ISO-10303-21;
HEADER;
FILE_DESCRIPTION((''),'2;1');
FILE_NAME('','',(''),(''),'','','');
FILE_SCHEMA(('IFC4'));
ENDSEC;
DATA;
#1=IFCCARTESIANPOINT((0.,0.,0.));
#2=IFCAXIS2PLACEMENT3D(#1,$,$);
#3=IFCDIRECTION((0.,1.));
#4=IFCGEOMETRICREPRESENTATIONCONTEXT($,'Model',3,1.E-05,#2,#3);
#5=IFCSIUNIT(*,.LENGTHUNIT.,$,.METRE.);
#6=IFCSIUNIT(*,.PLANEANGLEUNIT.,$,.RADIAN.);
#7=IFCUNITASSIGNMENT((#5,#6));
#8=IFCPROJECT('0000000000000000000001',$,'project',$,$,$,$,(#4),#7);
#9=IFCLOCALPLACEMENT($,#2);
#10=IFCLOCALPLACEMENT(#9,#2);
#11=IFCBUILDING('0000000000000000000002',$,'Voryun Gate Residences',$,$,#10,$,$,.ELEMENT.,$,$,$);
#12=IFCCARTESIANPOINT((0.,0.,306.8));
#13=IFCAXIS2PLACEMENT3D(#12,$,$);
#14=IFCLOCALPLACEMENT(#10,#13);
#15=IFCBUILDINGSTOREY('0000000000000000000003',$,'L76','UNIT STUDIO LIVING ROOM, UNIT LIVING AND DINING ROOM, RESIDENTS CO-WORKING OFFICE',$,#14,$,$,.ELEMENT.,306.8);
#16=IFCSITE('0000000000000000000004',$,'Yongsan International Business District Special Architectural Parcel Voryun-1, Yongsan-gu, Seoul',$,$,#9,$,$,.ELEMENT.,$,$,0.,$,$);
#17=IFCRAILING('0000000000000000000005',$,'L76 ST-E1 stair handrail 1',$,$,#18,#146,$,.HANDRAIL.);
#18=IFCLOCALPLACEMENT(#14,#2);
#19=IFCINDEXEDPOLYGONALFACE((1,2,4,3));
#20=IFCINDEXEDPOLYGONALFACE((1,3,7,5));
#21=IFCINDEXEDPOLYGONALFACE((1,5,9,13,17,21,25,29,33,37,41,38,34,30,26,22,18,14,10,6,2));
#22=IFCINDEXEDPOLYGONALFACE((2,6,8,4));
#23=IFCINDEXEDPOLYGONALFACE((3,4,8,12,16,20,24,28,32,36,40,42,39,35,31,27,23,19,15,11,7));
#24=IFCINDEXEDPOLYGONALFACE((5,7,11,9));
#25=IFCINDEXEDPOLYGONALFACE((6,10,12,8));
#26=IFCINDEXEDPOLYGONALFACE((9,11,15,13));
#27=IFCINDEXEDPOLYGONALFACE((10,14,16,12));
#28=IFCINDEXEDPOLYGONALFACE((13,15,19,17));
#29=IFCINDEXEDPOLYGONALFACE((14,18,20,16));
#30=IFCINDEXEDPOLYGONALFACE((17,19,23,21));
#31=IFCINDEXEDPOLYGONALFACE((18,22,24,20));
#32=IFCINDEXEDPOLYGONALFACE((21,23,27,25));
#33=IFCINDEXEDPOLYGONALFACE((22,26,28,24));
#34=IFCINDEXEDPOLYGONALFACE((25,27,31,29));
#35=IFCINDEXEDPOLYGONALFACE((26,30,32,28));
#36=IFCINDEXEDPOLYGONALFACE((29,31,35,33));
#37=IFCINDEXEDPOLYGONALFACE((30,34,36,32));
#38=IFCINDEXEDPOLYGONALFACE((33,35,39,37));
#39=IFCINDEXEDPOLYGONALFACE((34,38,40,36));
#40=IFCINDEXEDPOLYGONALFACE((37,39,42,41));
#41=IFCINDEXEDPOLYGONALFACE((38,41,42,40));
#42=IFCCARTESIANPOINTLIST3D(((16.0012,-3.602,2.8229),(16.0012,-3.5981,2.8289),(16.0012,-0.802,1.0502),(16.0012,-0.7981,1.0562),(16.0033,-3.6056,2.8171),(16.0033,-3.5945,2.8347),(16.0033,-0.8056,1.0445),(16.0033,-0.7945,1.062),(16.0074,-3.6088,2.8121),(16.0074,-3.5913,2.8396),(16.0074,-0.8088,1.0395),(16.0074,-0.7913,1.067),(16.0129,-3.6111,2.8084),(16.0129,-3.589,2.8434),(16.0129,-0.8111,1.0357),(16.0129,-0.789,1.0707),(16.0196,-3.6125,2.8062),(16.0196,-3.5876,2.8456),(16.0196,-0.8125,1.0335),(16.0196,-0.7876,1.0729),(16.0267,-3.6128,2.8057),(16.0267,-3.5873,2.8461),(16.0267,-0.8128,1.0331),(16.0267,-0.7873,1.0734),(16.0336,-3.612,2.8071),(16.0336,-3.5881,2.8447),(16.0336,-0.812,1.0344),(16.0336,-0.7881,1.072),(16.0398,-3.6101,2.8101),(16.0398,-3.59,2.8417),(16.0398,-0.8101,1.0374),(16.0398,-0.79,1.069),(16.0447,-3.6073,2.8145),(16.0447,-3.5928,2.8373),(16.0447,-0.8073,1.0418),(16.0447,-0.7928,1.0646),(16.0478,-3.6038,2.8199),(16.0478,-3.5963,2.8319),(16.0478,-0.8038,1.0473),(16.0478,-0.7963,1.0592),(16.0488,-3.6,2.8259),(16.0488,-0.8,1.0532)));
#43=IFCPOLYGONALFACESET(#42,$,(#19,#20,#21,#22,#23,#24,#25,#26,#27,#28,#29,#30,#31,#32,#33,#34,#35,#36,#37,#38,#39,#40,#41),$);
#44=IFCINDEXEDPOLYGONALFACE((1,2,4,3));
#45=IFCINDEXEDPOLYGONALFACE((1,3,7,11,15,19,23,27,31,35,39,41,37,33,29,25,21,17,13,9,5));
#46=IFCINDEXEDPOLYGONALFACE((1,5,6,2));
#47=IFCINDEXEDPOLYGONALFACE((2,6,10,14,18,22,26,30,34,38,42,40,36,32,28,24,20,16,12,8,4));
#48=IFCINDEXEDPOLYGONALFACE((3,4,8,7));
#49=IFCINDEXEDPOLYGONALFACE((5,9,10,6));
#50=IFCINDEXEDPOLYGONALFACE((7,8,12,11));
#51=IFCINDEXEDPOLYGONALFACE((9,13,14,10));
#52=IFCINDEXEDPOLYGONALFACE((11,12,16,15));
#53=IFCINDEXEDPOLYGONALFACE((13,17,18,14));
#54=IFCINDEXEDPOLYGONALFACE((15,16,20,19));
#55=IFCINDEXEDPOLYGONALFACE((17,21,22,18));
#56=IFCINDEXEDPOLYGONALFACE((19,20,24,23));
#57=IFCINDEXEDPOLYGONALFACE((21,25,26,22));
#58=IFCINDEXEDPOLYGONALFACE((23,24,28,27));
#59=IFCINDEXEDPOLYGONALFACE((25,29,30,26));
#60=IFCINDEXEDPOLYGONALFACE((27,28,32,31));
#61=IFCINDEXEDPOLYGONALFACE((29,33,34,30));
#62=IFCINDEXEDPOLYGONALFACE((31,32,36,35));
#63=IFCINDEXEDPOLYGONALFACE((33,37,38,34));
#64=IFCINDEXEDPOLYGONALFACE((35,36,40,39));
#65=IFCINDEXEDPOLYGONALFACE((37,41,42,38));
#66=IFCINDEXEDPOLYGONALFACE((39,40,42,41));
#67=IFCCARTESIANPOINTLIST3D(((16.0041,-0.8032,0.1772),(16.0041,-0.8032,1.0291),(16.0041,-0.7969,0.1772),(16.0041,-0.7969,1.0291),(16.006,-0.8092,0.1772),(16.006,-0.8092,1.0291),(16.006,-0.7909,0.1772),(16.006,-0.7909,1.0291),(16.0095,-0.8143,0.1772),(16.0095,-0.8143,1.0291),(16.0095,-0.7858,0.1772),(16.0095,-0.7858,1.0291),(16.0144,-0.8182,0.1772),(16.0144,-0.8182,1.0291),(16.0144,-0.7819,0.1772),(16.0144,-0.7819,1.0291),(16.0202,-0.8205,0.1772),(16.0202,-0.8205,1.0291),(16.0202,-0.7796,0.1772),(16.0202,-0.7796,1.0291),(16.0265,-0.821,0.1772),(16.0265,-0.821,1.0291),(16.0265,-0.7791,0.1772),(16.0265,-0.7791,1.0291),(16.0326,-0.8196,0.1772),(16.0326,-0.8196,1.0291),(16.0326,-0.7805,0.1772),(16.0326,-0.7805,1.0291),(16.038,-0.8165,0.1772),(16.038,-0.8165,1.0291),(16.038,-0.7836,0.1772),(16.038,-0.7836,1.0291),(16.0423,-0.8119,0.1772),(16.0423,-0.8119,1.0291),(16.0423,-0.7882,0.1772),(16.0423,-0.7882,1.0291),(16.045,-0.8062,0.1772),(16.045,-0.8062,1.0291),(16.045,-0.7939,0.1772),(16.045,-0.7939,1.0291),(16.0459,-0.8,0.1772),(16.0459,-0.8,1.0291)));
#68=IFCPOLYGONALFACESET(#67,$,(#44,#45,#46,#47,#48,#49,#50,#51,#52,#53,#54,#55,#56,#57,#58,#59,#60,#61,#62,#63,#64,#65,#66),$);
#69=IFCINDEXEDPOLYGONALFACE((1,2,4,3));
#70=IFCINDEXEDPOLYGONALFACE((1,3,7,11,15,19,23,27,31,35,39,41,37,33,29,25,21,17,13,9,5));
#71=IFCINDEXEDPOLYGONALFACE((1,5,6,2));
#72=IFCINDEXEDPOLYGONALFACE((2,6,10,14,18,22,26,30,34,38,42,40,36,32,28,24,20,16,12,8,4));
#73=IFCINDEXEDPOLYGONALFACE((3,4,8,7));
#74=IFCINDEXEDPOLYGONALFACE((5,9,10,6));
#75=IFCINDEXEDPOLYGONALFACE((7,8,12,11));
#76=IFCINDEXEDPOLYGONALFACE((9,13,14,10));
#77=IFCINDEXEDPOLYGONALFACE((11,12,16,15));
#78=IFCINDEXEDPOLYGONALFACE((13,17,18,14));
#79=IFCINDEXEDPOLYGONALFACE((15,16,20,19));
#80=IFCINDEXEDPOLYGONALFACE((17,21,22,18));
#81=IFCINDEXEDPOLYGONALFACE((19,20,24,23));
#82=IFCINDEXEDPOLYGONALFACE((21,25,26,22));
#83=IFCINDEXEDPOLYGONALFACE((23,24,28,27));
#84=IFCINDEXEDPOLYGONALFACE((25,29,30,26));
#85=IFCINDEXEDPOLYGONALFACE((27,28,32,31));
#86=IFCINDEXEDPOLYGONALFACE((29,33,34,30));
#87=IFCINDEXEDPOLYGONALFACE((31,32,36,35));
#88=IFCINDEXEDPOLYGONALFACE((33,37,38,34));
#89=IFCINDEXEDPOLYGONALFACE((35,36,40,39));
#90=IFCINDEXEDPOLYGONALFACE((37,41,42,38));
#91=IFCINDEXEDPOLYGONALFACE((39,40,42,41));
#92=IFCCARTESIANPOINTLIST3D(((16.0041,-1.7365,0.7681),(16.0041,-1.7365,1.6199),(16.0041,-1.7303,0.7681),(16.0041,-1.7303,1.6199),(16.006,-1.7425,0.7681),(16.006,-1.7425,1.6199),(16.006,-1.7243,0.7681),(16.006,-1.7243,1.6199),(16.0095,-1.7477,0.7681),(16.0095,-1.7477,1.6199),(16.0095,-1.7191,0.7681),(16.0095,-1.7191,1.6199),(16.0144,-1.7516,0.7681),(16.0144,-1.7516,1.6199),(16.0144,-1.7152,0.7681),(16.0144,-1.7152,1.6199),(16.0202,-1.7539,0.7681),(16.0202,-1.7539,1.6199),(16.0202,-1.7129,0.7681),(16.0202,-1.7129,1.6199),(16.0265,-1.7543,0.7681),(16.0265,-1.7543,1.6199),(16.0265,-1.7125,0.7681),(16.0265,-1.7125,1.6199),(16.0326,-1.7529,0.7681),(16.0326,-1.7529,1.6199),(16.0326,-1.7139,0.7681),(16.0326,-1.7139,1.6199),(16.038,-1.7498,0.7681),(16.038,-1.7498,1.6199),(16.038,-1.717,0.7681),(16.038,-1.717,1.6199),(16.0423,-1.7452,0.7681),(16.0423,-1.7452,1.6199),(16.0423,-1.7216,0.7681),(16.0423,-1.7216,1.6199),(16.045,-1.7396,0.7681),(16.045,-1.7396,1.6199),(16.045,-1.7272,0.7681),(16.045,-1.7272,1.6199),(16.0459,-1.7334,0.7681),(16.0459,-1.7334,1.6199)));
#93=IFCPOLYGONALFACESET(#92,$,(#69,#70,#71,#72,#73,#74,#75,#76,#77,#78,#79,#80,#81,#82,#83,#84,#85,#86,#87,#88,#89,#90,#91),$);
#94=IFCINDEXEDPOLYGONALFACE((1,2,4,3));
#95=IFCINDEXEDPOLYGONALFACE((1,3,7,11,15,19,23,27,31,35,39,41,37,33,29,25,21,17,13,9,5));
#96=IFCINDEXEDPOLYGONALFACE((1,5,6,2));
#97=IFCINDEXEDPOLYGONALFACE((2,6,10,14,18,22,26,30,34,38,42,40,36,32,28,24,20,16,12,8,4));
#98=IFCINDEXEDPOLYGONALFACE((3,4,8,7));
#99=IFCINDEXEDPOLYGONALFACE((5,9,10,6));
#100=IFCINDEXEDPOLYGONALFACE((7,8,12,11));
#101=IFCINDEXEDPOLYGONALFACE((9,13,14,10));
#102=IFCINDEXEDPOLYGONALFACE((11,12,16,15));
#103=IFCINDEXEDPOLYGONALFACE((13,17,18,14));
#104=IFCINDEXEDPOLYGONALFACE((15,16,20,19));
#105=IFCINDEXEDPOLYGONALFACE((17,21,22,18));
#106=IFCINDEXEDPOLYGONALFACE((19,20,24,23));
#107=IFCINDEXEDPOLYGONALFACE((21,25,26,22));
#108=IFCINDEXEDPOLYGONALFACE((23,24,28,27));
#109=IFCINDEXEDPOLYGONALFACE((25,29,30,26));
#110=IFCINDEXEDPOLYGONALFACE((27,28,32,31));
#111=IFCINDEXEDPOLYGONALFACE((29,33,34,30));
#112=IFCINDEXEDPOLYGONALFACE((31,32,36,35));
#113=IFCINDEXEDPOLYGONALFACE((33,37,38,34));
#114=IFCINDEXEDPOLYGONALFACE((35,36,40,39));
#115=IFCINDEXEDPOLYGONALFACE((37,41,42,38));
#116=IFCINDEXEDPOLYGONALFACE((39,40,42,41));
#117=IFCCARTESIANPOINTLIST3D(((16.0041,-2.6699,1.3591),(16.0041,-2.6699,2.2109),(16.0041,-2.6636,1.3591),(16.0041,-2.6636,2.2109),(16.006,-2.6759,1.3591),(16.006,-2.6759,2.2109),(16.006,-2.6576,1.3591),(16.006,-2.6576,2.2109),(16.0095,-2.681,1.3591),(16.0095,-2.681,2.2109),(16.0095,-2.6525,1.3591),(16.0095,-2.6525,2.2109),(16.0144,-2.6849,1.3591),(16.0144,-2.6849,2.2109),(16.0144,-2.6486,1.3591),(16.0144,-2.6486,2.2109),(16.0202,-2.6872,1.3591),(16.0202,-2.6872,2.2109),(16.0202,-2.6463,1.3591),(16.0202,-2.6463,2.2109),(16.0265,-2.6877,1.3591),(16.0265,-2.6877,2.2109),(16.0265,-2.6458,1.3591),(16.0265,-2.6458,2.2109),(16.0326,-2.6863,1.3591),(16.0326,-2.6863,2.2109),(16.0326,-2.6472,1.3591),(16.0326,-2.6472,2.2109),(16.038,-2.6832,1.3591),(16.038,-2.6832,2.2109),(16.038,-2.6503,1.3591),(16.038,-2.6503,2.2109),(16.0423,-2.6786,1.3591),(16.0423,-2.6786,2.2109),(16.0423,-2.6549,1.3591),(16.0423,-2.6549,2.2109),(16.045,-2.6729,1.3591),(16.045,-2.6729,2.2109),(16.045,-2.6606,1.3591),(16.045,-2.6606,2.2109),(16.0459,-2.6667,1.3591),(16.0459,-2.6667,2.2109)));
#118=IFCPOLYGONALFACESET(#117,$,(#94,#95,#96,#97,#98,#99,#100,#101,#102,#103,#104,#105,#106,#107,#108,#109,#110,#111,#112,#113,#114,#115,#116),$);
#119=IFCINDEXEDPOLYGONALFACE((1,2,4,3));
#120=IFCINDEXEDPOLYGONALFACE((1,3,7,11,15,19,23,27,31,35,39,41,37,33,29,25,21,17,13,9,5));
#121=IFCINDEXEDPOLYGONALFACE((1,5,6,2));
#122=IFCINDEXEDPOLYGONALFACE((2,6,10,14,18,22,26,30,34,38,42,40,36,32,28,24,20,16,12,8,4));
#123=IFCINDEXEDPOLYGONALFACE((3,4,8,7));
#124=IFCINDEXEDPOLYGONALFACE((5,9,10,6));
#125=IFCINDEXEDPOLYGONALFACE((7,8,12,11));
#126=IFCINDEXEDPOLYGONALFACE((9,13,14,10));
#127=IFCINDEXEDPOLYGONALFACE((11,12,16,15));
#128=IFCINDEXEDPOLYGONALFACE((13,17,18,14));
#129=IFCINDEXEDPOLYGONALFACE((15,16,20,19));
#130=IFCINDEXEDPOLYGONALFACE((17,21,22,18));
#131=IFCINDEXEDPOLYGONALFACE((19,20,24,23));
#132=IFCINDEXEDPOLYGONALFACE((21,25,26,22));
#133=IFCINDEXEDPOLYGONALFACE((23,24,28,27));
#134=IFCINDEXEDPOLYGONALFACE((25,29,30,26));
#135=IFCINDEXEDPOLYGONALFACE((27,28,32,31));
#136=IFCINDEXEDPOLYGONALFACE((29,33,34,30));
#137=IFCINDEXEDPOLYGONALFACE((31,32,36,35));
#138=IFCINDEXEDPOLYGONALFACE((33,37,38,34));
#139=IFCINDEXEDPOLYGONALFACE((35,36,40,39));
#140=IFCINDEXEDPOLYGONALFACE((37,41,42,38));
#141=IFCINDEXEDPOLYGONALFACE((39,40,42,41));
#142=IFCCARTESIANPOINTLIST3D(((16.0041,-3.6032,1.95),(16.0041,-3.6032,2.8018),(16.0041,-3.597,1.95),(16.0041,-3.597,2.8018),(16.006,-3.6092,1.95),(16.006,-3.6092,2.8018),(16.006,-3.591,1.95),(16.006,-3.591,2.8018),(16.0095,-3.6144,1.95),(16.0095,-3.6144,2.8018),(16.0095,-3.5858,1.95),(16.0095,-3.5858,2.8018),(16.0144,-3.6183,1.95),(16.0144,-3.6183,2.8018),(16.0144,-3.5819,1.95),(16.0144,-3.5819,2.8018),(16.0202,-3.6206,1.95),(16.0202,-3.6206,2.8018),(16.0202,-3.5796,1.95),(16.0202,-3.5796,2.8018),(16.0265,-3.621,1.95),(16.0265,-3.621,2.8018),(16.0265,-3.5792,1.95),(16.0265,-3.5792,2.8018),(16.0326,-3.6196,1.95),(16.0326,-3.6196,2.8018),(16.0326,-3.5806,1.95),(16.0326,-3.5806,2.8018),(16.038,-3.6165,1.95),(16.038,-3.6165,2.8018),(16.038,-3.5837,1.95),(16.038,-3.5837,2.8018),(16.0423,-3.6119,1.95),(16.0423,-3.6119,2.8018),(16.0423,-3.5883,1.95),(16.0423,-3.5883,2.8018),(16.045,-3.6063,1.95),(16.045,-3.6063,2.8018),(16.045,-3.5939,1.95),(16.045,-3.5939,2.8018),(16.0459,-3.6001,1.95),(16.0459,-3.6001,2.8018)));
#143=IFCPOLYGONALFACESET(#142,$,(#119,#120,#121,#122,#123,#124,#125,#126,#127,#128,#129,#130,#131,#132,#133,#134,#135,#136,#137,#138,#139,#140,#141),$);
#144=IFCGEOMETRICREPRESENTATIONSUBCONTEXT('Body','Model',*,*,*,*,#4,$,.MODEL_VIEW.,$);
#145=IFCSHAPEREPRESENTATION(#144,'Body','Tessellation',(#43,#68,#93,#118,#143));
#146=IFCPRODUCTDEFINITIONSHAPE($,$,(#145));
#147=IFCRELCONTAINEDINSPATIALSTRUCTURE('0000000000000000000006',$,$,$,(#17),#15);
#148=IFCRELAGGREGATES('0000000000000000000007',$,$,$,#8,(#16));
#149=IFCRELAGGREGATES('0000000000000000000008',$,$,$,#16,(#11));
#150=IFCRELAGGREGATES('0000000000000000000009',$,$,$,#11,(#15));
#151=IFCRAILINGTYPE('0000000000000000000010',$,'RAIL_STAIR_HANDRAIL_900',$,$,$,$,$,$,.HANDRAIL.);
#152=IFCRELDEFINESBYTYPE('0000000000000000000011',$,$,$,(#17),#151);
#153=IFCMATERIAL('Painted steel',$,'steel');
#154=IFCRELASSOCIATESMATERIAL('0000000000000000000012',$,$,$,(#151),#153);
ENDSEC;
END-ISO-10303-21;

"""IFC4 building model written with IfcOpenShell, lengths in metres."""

from ifc_helpers import new_model, si_unit, direction, frame, origin, origin_2d, place, context, subcontext, project, spatial, circle, extrude, material, type_object, element, save


model = new_model("IFC4")

# Units and contexts
model_context = context("Model", 3, precision=1e-05, world=origin(), true_north=direction((0.0, 1.0)))
body_context = subcontext(model_context, "Body", "Model", "MODEL_VIEW")
ifc_project = project(units=[si_unit("LENGTHUNIT", "METRE"), si_unit("PLANEANGLEUNIT", "RADIAN")], contexts=[model_context])

# Site, building, storey
site_placement = place(None, origin())
site = spatial("IfcSite", under=ifc_project, at=site_placement, Name="Yongsan International Business District Special Architectural Parcel Voryun-1, Yongsan-gu, Seoul", CompositionType="ELEMENT", RefElevation=0.0)
building_placement = place(site_placement, origin())
building = spatial("IfcBuilding", under=site, at=building_placement, Name="Voryun Gate Residences", CompositionType="ELEMENT")
storey_placement = place(building_placement, frame((0.0, 0.0, 306.8)))
storey = spatial("IfcBuildingStorey", under=building, at=storey_placement, Name="L76", Description="UNIT STUDIO LIVING ROOM, UNIT LIVING AND DINING ROOM, RESIDENTS CO-WORKING OFFICE", CompositionType="ELEMENT", Elevation=306.8)

# Railing
ifc_material_1 = material(Name="Painted steel", Category="steel")
railing_type_1 = type_object("IfcRailingType", Name="RAIL_STAIR_HANDRAIL_900", PredefinedType="HANDRAIL", material=ifc_material_1)
railing_1_placement = place(storey_placement, frame((16.0249, -0.8, 0.1772)))
element("IfcRailing", 1, at=railing_1_placement, inside=storey, type_object=railing_type_1, Name="L76 ST-E1 stair handrail 1", PredefinedType="HANDRAIL", context=body_context, shape_type="SweptSolid", body=[
    extrude(circle(Radius=0.0239, at=origin_2d()), frame((0.0, 0.0, 0.876), z_axis=(0.0, -0.844909, 0.53491), x_axis=(1.0, 0.0, 0.0)), (0.0, 0.0, 1.0), 3.314),
    extrude(circle(Radius=0.021, at=origin_2d()), origin(), (0.0, 0.0, 1.0), 0.8518),
    extrude(circle(Radius=0.021, at=origin_2d()), frame((0.0, -0.9333, 0.5908)), (0.0, 0.0, 1.0), 0.8518),
    extrude(circle(Radius=0.021, at=origin_2d()), frame((0.0, -1.8667, 1.1819)), (0.0, 0.0, 1.0), 0.8518),
    extrude(circle(Radius=0.021, at=origin_2d()), frame((0.0, -2.8, 1.7727)), (0.0, 0.0, 1.0), 0.8518),
])

save(model, "model.ifc")
